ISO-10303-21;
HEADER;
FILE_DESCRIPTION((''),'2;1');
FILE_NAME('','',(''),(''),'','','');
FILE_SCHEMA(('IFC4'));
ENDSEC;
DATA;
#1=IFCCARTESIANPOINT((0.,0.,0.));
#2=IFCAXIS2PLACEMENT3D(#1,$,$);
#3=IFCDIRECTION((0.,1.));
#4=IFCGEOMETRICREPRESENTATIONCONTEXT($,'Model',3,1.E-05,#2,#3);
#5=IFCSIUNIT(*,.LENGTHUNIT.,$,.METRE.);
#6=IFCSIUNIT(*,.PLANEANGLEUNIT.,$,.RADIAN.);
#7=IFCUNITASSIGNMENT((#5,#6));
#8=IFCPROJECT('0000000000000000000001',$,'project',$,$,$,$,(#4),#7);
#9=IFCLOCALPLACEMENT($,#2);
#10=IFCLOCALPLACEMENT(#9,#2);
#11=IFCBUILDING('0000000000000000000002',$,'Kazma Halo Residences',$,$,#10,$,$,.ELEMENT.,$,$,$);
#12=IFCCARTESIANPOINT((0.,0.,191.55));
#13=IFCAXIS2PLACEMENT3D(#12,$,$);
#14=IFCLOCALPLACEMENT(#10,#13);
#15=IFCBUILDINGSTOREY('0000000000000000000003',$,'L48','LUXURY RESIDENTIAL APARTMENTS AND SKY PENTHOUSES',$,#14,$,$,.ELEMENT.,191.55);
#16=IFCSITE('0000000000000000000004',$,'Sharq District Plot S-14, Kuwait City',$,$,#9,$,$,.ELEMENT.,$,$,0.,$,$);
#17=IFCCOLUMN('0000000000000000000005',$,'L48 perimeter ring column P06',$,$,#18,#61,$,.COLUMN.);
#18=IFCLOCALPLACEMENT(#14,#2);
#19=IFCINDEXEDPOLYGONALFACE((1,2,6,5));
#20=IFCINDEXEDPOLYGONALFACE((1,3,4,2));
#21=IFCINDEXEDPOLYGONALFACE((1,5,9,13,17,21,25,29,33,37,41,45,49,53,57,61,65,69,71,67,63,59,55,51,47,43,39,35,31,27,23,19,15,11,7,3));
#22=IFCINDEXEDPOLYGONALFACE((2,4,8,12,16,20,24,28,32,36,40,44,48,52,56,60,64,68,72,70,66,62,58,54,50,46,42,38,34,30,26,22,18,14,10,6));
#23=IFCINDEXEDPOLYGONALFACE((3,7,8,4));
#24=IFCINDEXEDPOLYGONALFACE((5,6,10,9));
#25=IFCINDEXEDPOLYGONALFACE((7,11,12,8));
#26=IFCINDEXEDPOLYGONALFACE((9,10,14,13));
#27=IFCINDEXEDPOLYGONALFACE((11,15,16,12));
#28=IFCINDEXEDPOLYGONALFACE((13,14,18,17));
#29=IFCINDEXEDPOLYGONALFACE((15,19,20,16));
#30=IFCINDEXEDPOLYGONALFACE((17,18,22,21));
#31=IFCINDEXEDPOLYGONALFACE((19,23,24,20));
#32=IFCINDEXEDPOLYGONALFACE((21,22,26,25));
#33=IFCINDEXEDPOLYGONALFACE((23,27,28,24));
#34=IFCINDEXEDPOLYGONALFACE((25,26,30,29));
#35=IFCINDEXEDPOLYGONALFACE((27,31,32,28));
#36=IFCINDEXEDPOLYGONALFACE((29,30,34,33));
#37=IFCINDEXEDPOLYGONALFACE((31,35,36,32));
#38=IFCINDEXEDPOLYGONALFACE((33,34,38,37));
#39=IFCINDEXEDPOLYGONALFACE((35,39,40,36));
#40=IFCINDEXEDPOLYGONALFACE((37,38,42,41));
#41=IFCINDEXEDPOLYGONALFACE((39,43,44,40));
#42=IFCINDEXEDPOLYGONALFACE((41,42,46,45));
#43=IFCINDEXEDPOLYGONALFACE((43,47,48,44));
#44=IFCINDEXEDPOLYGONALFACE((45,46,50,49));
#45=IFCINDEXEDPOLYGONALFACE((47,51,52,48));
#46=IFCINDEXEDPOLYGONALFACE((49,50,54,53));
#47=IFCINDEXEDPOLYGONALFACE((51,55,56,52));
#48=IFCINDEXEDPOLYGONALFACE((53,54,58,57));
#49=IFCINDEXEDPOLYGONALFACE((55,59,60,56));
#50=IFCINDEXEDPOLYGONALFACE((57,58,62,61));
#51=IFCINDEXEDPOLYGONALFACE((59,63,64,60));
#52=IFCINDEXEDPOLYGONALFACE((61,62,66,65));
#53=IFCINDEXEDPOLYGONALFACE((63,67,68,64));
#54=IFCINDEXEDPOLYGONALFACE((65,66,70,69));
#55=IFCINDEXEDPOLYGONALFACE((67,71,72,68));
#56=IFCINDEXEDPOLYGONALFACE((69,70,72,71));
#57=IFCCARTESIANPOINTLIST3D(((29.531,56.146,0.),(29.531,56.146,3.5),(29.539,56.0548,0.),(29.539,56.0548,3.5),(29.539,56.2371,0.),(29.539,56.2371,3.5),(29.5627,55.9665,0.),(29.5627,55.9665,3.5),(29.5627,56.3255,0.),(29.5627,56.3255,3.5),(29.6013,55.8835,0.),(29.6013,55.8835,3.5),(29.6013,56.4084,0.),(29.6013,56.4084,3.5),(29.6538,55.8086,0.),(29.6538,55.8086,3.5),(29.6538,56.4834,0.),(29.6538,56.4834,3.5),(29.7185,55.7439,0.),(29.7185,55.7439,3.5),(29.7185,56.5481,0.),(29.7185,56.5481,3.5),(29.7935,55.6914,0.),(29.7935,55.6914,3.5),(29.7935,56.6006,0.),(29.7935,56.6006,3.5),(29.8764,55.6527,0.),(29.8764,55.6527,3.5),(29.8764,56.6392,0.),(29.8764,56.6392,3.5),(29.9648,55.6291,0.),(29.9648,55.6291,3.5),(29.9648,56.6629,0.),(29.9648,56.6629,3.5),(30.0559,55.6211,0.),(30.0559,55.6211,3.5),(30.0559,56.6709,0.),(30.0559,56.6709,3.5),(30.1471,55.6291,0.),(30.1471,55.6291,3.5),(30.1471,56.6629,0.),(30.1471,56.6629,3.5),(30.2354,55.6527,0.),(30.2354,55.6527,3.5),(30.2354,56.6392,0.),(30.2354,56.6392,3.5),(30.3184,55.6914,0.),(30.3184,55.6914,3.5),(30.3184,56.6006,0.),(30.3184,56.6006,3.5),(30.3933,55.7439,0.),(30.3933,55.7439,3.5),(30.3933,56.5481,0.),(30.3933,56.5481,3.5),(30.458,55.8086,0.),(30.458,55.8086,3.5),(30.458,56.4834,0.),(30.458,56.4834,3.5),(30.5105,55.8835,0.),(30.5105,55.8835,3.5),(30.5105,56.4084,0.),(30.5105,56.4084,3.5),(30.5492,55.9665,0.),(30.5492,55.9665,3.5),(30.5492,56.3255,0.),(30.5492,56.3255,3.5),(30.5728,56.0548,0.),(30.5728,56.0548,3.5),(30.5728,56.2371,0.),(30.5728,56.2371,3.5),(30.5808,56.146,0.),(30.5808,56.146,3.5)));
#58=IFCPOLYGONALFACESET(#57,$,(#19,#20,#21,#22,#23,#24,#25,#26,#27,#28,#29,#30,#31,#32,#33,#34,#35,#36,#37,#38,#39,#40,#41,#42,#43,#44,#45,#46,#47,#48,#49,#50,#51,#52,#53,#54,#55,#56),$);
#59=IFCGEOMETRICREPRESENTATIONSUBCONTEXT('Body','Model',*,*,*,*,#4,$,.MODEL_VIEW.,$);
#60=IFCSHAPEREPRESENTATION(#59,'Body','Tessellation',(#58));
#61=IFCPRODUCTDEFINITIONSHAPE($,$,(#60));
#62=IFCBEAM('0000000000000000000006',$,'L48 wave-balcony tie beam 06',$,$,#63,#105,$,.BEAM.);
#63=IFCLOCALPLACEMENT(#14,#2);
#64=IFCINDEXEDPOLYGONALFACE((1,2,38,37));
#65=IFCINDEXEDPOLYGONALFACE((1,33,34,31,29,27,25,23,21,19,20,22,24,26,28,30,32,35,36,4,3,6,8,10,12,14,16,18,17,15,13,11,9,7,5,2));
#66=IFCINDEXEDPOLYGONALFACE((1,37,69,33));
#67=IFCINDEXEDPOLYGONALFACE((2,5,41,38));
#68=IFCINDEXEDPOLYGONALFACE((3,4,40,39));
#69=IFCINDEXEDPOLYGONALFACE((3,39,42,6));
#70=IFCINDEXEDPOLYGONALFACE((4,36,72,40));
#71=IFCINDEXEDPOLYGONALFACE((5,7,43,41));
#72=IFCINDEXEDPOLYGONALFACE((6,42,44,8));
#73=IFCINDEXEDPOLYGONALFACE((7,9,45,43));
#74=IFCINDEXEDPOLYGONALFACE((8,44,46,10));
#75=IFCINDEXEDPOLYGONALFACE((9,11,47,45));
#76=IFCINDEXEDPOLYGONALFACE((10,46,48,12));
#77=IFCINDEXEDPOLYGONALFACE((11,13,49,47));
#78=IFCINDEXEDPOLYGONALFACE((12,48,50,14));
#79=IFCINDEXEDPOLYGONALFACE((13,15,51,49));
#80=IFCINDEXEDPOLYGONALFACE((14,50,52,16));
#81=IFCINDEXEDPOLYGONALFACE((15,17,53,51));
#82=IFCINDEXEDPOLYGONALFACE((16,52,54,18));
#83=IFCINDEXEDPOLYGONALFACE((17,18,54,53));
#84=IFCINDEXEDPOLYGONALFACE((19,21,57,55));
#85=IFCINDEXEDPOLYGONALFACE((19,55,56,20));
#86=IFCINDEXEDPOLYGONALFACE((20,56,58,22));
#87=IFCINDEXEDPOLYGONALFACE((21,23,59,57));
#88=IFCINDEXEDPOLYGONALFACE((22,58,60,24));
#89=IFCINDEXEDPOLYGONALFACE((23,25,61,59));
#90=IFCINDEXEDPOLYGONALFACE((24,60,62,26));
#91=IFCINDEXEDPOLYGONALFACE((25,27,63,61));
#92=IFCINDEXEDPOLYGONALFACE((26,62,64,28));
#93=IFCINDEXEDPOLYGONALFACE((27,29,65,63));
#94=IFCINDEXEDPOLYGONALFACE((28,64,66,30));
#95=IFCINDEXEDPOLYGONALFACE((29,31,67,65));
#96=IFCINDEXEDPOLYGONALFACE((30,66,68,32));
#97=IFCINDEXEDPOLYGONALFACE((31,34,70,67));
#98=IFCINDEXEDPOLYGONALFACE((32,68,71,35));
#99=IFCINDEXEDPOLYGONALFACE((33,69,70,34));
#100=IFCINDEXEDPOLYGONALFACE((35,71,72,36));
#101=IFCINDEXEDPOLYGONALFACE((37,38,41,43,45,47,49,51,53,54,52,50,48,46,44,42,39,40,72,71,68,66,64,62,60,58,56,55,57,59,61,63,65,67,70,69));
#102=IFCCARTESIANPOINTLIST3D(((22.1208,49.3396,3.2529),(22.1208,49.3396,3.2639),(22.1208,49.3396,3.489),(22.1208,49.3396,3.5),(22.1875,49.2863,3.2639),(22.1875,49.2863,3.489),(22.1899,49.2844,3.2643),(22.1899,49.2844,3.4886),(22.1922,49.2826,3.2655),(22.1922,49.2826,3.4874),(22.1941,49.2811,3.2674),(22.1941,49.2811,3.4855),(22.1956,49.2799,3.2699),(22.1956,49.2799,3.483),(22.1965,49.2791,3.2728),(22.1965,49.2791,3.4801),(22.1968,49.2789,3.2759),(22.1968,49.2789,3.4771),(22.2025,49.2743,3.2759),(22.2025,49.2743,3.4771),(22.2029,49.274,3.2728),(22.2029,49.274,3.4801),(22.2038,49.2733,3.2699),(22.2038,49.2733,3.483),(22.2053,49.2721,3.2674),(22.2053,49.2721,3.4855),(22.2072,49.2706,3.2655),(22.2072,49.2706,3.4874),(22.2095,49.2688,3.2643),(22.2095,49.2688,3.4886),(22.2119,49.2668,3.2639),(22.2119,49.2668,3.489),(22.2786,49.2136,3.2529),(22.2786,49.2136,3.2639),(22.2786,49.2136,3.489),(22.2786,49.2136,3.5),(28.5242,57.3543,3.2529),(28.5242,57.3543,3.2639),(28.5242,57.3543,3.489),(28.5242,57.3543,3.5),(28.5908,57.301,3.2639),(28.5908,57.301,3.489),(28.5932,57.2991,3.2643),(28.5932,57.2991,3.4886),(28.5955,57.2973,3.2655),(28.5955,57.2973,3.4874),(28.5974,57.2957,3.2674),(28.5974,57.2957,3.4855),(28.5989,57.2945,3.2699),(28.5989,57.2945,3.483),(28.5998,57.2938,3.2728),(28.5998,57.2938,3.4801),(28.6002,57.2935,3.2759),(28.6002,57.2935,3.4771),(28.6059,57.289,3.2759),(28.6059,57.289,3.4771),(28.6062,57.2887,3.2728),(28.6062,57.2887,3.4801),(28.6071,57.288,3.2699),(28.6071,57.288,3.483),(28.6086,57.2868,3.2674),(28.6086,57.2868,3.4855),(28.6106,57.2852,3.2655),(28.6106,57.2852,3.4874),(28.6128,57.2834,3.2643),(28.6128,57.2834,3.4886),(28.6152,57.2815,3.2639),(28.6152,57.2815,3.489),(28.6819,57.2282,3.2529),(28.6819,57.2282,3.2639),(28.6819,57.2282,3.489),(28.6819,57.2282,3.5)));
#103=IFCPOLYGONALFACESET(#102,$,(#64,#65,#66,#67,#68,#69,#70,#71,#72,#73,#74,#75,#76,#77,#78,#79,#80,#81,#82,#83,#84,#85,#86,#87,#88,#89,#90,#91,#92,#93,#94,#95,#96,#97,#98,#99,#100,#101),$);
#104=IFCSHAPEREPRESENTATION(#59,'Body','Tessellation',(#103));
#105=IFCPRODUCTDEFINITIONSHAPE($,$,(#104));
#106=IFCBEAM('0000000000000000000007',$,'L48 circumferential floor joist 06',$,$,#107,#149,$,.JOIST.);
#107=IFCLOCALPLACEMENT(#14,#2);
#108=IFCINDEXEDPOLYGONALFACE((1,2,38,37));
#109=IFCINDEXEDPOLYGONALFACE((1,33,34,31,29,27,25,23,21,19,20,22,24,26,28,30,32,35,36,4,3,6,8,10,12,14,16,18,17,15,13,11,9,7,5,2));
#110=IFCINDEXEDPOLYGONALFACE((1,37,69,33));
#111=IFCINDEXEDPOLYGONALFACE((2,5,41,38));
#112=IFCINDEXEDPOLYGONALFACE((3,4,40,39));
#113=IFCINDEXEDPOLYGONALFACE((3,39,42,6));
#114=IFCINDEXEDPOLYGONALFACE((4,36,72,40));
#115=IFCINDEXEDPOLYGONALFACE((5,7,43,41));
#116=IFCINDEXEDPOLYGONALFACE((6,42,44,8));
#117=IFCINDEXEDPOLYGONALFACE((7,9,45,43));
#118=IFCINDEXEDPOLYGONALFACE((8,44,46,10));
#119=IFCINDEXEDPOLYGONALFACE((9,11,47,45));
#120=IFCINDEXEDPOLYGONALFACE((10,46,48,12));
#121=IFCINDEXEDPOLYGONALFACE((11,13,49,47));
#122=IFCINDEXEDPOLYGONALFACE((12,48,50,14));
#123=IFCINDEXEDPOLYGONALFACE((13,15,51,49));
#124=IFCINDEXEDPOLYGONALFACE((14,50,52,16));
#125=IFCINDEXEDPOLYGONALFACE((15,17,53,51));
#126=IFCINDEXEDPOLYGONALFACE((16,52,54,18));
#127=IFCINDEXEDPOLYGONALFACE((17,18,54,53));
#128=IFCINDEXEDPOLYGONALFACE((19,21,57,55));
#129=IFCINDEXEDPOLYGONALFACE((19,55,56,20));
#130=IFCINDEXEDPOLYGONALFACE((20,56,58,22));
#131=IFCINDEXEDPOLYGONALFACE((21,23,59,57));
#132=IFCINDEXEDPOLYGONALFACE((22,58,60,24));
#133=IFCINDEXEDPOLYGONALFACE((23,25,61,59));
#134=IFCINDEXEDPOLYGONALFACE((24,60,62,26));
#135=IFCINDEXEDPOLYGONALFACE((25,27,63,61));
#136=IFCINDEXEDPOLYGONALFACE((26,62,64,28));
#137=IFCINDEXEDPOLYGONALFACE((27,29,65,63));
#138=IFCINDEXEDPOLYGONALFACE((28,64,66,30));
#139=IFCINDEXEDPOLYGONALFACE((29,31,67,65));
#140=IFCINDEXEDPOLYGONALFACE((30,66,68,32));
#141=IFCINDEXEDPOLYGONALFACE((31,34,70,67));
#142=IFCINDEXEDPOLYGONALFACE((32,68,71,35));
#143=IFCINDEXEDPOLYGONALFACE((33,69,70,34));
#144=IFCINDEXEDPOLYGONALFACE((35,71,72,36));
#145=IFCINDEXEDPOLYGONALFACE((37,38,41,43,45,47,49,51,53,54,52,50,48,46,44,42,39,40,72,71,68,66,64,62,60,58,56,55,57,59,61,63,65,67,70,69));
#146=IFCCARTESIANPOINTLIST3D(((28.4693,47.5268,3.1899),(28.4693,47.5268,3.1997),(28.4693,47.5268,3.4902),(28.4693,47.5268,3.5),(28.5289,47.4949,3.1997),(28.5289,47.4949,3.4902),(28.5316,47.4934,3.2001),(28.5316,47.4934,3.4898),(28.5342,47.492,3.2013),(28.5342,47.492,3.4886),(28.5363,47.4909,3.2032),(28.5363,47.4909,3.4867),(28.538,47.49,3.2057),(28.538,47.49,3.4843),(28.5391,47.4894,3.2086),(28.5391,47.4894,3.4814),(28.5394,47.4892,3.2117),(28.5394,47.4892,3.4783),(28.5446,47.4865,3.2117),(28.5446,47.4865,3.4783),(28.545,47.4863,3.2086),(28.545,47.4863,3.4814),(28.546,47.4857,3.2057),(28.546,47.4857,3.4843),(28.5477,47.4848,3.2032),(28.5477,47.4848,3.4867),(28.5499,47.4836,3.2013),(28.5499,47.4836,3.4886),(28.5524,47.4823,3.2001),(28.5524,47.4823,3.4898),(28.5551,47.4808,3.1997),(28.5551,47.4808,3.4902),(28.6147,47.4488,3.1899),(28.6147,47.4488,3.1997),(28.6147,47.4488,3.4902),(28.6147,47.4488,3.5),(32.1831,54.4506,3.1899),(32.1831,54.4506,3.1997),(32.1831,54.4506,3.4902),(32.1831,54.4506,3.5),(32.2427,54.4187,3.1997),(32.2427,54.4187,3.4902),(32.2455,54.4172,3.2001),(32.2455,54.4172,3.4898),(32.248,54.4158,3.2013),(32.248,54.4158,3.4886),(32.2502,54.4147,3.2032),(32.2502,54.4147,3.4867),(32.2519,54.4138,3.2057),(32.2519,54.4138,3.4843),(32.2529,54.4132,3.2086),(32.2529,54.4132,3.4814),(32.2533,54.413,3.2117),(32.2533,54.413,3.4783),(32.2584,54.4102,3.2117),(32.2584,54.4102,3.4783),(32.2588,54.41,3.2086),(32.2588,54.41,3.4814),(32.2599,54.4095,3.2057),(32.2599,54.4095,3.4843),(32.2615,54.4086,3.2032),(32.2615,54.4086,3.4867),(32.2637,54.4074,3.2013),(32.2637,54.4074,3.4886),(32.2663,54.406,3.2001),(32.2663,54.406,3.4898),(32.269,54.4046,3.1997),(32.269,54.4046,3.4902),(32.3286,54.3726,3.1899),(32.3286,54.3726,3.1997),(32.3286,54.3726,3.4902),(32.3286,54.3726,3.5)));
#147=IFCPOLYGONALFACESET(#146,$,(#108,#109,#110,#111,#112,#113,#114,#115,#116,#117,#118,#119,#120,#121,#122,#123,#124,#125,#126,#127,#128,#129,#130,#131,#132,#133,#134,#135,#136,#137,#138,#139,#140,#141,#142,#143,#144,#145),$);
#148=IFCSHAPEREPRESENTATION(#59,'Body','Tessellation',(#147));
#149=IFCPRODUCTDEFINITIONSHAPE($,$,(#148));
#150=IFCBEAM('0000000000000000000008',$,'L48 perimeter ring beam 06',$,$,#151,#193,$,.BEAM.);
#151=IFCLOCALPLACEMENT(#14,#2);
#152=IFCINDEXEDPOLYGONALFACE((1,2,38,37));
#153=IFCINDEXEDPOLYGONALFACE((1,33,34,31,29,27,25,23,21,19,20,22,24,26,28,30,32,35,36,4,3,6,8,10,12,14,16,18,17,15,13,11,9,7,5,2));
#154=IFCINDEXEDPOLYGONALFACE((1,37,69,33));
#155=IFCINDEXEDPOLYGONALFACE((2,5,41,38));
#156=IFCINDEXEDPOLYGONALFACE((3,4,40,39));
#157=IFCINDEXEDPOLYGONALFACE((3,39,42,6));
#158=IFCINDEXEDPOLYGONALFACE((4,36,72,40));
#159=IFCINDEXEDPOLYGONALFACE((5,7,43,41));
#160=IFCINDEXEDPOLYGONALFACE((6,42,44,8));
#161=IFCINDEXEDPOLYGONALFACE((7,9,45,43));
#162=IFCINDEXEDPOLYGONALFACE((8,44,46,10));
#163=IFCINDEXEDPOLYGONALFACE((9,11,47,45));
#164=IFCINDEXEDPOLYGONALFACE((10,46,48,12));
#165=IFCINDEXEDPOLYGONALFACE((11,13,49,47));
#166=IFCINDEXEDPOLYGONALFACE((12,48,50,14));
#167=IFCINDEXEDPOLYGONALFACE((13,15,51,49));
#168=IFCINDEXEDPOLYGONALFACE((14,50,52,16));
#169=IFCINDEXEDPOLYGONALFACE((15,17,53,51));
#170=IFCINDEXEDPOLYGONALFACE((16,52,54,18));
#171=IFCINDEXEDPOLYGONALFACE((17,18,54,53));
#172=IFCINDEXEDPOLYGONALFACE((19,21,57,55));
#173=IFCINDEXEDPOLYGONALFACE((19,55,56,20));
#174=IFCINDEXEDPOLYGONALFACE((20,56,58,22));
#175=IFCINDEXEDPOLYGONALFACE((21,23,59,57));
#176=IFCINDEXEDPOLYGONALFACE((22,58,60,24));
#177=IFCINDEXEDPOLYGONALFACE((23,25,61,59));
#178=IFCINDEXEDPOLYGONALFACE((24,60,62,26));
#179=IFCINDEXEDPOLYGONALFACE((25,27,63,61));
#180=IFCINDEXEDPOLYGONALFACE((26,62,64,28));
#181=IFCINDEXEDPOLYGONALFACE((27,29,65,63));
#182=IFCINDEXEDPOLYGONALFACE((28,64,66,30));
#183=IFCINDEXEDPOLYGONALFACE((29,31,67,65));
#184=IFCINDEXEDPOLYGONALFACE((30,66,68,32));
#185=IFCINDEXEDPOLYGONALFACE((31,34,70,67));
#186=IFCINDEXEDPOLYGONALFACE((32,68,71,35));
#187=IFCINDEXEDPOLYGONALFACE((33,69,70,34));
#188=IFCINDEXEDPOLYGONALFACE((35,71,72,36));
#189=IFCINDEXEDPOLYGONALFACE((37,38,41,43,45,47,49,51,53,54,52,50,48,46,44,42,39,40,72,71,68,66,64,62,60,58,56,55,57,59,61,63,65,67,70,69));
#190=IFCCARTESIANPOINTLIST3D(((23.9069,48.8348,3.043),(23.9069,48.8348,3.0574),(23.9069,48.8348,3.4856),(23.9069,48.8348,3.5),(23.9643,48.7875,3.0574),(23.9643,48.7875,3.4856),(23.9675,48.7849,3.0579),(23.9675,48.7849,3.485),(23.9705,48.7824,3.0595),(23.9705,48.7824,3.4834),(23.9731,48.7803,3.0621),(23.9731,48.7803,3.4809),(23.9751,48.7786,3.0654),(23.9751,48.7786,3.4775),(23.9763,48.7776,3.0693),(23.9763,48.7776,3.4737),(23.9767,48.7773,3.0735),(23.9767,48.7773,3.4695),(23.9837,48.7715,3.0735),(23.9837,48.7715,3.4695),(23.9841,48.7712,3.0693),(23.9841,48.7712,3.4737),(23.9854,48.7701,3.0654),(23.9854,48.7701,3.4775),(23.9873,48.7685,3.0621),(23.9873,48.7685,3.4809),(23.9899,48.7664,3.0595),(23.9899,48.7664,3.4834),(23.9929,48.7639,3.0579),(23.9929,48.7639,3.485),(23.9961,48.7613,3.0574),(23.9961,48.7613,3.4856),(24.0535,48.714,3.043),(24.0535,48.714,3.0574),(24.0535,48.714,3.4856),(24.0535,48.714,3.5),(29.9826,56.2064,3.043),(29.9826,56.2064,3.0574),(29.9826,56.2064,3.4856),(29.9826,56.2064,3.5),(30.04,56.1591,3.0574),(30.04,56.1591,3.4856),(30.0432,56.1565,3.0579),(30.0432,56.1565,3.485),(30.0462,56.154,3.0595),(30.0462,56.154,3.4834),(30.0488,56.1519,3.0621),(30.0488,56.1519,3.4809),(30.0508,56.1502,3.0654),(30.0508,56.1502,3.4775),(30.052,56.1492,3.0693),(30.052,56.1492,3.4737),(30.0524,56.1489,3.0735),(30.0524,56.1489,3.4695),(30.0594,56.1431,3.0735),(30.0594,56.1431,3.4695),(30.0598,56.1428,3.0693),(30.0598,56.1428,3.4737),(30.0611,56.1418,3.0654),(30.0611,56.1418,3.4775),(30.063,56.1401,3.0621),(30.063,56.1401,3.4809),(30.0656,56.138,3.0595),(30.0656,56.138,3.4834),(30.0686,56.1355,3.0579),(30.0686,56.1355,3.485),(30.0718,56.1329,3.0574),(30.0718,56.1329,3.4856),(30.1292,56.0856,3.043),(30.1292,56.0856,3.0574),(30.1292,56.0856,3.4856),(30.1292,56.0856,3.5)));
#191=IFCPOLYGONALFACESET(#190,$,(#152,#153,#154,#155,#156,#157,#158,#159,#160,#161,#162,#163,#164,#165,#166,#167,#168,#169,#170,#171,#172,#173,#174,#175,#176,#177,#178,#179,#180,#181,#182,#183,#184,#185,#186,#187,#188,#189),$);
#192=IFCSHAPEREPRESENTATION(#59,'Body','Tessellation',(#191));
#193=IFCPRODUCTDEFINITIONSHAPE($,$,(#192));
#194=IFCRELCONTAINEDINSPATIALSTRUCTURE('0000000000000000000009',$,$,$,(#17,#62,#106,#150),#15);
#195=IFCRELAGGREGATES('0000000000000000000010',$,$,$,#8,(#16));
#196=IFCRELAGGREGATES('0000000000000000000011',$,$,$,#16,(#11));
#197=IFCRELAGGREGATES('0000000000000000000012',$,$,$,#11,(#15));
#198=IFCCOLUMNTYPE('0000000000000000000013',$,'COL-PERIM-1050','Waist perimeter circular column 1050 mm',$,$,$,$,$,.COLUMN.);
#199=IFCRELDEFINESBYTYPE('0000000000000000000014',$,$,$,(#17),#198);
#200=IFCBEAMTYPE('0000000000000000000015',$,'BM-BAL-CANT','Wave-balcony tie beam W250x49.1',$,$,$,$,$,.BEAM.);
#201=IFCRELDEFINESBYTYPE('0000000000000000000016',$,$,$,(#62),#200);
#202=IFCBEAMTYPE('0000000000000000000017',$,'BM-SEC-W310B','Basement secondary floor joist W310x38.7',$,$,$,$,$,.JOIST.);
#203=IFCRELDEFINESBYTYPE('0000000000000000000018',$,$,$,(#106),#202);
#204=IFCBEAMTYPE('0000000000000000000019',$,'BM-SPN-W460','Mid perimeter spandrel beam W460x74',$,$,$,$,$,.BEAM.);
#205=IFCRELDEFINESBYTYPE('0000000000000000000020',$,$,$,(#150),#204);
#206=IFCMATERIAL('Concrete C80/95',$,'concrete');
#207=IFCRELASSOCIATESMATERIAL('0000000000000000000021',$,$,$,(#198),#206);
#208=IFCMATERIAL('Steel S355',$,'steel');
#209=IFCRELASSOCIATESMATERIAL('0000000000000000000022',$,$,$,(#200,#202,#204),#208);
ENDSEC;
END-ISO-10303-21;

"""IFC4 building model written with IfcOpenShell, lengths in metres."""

from ifc_helpers import new_model, si_unit, direction, frame, origin, origin_2d, place, context, subcontext, project, spatial, circle, i_section, extrude, material, material_profile, profile_set, type_object, element, save


model = new_model("IFC4")

# Units and contexts
model_context = context("Model", 3, precision=1e-05, world=origin(), true_north=direction((0.0, 1.0)))
body_context = subcontext(model_context, "Body", "Model", "MODEL_VIEW")
ifc_project = project(units=[si_unit("LENGTHUNIT", "METRE"), si_unit("PLANEANGLEUNIT", "RADIAN")], contexts=[model_context])

# Site, building, storey
site_placement = place(None, origin())
site = spatial("IfcSite", under=ifc_project, at=site_placement, Name="Sharq District Plot S-14, Kuwait City", CompositionType="ELEMENT", RefElevation=0.0)
building_placement = place(site_placement, origin())
building = spatial("IfcBuilding", under=site, at=building_placement, Name="Kazma Halo Residences", CompositionType="ELEMENT")
storey_placement = place(building_placement, frame((0.0, 0.0, 191.55)))
storey = spatial("IfcBuildingStorey", under=building, at=storey_placement, Name="L48", Description="LUXURY RESIDENTIAL APARTMENTS AND SKY PENTHOUSES", CompositionType="ELEMENT", Elevation=191.55)

# Column
ifc_material_1 = material(Name="Concrete C80/95", Category="concrete")
ifc_material_profile_1 = material_profile(ifc_material_1, circle(Radius=0.5249, at=origin_2d()), Name="CIRC1050")
ifc_profile_set_1 = profile_set([ifc_material_profile_1], Name="Concrete C80/95")
column_type = type_object("IfcColumnType", Name="COL-PERIM-1050", Description="Waist perimeter circular column 1050 mm", PredefinedType="COLUMN", material=ifc_profile_set_1)
column_placement = place(storey_placement, frame((30.0559, 56.146, 0.0), z_axis=(0.0, 0.0, 1.0), x_axis=(1.0, 0.0, 0.0)))
element("IfcColumn", 1, at=column_placement, inside=storey, type_object=column_type, Name="L48 perimeter ring column P06", PredefinedType="COLUMN", context=body_context, shape_type="SweptSolid", body=[
    extrude(circle(Radius=0.5249, at=origin_2d()), origin(), (0.0, 0.0, 1.0), 3.5),
])

# Beams
ifc_material_2 = material(Name="Steel S355", Category="steel")
ifc_material_profile_2 = material_profile(ifc_material_2, i_section(OverallWidth=0.2019, OverallDepth=0.2471, WebThickness=0.0073, FlangeThickness=0.011, FilletRadius=0.012, at=origin_2d()), Name="W250x49.1")
ifc_profile_set_2 = profile_set([ifc_material_profile_2], Name="Steel S355")
beam_type_1 = type_object("IfcBeamType", Name="BM-BAL-CANT", Description="Wave-balcony tie beam W250x49.1", PredefinedType="BEAM", material=ifc_profile_set_2)
beam_1_placement = place(storey_placement, frame((28.603, 57.2913, 3.3765), z_axis=(-0.624196, -0.781268, 0.0), x_axis=(0.781268, -0.624196, 0.0)))
element("IfcBeam", 2, at=beam_1_placement, inside=storey, type_object=beam_type_1, Name="L48 wave-balcony tie beam 06", PredefinedType="BEAM", context=body_context, shape_type="SweptSolid", body=[
    extrude(i_section(OverallWidth=0.2019, OverallDepth=0.2471, WebThickness=0.0073, FlangeThickness=0.011, FilletRadius=0.012, at=origin_2d()), origin(), (0.0, 0.0, 1.0), 10.2585),
])
ifc_material_profile_3 = material_profile(ifc_material_2, i_section(OverallWidth=0.165, OverallDepth=0.3101, WebThickness=0.0059, FlangeThickness=0.0098, FilletRadius=0.012, at=origin_2d()), Name="W310x38.7")
ifc_profile_set_3 = profile_set([ifc_material_profile_3], Name="Steel S355")
beam_type_2 = type_object("IfcBeamType", Name="BM-SEC-W310B", Description="Basement secondary floor joist W310x38.7", PredefinedType="JOIST", material=ifc_profile_set_3)
beam_2_placement = place(storey_placement, frame((32.2559, 54.4116, 3.345), z_axis=(-0.472684, -0.881232, 0.0), x_axis=(0.881232, -0.472684, 0.0)))
element("IfcBeam", 3, at=beam_2_placement, inside=storey, type_object=beam_type_2, Name="L48 circumferential floor joist 06", PredefinedType="JOIST", context=body_context, shape_type="SweptSolid", body=[
    extrude(i_section(OverallWidth=0.165, OverallDepth=0.3101, WebThickness=0.0059, FlangeThickness=0.0098, FilletRadius=0.012, at=origin_2d()), origin(), (0.0, 0.0, 1.0), 7.8569),
])
ifc_material_profile_4 = material_profile(ifc_material_2, i_section(OverallWidth=0.1899, OverallDepth=0.457, WebThickness=0.009, FlangeThickness=0.0144, FilletRadius=0.0161, at=origin_2d()), Name="W460x74")
ifc_profile_set_4 = profile_set([ifc_material_profile_4], Name="Steel S355")
beam_type_3 = type_object("IfcBeamType", Name="BM-SPN-W460", Description="Mid perimeter spandrel beam W460x74", PredefinedType="BEAM", material=ifc_profile_set_4)
beam_3_placement = place(storey_placement, frame((30.0559, 56.146, 3.2715), z_axis=(-0.636017, -0.771675, 0.0), x_axis=(0.771675, -0.636017, 0.0)))
element("IfcBeam", 4, at=beam_3_placement, inside=storey, type_object=beam_type_3, Name="L48 perimeter ring beam 06", PredefinedType="BEAM", context=body_context, shape_type="SweptSolid", body=[
    extrude(i_section(OverallWidth=0.1899, OverallDepth=0.457, WebThickness=0.009, FlangeThickness=0.0144, FilletRadius=0.0161, at=origin_2d()), origin(), (0.0, 0.0, 1.0), 9.5527),
])

save(model, "model.ifc")
